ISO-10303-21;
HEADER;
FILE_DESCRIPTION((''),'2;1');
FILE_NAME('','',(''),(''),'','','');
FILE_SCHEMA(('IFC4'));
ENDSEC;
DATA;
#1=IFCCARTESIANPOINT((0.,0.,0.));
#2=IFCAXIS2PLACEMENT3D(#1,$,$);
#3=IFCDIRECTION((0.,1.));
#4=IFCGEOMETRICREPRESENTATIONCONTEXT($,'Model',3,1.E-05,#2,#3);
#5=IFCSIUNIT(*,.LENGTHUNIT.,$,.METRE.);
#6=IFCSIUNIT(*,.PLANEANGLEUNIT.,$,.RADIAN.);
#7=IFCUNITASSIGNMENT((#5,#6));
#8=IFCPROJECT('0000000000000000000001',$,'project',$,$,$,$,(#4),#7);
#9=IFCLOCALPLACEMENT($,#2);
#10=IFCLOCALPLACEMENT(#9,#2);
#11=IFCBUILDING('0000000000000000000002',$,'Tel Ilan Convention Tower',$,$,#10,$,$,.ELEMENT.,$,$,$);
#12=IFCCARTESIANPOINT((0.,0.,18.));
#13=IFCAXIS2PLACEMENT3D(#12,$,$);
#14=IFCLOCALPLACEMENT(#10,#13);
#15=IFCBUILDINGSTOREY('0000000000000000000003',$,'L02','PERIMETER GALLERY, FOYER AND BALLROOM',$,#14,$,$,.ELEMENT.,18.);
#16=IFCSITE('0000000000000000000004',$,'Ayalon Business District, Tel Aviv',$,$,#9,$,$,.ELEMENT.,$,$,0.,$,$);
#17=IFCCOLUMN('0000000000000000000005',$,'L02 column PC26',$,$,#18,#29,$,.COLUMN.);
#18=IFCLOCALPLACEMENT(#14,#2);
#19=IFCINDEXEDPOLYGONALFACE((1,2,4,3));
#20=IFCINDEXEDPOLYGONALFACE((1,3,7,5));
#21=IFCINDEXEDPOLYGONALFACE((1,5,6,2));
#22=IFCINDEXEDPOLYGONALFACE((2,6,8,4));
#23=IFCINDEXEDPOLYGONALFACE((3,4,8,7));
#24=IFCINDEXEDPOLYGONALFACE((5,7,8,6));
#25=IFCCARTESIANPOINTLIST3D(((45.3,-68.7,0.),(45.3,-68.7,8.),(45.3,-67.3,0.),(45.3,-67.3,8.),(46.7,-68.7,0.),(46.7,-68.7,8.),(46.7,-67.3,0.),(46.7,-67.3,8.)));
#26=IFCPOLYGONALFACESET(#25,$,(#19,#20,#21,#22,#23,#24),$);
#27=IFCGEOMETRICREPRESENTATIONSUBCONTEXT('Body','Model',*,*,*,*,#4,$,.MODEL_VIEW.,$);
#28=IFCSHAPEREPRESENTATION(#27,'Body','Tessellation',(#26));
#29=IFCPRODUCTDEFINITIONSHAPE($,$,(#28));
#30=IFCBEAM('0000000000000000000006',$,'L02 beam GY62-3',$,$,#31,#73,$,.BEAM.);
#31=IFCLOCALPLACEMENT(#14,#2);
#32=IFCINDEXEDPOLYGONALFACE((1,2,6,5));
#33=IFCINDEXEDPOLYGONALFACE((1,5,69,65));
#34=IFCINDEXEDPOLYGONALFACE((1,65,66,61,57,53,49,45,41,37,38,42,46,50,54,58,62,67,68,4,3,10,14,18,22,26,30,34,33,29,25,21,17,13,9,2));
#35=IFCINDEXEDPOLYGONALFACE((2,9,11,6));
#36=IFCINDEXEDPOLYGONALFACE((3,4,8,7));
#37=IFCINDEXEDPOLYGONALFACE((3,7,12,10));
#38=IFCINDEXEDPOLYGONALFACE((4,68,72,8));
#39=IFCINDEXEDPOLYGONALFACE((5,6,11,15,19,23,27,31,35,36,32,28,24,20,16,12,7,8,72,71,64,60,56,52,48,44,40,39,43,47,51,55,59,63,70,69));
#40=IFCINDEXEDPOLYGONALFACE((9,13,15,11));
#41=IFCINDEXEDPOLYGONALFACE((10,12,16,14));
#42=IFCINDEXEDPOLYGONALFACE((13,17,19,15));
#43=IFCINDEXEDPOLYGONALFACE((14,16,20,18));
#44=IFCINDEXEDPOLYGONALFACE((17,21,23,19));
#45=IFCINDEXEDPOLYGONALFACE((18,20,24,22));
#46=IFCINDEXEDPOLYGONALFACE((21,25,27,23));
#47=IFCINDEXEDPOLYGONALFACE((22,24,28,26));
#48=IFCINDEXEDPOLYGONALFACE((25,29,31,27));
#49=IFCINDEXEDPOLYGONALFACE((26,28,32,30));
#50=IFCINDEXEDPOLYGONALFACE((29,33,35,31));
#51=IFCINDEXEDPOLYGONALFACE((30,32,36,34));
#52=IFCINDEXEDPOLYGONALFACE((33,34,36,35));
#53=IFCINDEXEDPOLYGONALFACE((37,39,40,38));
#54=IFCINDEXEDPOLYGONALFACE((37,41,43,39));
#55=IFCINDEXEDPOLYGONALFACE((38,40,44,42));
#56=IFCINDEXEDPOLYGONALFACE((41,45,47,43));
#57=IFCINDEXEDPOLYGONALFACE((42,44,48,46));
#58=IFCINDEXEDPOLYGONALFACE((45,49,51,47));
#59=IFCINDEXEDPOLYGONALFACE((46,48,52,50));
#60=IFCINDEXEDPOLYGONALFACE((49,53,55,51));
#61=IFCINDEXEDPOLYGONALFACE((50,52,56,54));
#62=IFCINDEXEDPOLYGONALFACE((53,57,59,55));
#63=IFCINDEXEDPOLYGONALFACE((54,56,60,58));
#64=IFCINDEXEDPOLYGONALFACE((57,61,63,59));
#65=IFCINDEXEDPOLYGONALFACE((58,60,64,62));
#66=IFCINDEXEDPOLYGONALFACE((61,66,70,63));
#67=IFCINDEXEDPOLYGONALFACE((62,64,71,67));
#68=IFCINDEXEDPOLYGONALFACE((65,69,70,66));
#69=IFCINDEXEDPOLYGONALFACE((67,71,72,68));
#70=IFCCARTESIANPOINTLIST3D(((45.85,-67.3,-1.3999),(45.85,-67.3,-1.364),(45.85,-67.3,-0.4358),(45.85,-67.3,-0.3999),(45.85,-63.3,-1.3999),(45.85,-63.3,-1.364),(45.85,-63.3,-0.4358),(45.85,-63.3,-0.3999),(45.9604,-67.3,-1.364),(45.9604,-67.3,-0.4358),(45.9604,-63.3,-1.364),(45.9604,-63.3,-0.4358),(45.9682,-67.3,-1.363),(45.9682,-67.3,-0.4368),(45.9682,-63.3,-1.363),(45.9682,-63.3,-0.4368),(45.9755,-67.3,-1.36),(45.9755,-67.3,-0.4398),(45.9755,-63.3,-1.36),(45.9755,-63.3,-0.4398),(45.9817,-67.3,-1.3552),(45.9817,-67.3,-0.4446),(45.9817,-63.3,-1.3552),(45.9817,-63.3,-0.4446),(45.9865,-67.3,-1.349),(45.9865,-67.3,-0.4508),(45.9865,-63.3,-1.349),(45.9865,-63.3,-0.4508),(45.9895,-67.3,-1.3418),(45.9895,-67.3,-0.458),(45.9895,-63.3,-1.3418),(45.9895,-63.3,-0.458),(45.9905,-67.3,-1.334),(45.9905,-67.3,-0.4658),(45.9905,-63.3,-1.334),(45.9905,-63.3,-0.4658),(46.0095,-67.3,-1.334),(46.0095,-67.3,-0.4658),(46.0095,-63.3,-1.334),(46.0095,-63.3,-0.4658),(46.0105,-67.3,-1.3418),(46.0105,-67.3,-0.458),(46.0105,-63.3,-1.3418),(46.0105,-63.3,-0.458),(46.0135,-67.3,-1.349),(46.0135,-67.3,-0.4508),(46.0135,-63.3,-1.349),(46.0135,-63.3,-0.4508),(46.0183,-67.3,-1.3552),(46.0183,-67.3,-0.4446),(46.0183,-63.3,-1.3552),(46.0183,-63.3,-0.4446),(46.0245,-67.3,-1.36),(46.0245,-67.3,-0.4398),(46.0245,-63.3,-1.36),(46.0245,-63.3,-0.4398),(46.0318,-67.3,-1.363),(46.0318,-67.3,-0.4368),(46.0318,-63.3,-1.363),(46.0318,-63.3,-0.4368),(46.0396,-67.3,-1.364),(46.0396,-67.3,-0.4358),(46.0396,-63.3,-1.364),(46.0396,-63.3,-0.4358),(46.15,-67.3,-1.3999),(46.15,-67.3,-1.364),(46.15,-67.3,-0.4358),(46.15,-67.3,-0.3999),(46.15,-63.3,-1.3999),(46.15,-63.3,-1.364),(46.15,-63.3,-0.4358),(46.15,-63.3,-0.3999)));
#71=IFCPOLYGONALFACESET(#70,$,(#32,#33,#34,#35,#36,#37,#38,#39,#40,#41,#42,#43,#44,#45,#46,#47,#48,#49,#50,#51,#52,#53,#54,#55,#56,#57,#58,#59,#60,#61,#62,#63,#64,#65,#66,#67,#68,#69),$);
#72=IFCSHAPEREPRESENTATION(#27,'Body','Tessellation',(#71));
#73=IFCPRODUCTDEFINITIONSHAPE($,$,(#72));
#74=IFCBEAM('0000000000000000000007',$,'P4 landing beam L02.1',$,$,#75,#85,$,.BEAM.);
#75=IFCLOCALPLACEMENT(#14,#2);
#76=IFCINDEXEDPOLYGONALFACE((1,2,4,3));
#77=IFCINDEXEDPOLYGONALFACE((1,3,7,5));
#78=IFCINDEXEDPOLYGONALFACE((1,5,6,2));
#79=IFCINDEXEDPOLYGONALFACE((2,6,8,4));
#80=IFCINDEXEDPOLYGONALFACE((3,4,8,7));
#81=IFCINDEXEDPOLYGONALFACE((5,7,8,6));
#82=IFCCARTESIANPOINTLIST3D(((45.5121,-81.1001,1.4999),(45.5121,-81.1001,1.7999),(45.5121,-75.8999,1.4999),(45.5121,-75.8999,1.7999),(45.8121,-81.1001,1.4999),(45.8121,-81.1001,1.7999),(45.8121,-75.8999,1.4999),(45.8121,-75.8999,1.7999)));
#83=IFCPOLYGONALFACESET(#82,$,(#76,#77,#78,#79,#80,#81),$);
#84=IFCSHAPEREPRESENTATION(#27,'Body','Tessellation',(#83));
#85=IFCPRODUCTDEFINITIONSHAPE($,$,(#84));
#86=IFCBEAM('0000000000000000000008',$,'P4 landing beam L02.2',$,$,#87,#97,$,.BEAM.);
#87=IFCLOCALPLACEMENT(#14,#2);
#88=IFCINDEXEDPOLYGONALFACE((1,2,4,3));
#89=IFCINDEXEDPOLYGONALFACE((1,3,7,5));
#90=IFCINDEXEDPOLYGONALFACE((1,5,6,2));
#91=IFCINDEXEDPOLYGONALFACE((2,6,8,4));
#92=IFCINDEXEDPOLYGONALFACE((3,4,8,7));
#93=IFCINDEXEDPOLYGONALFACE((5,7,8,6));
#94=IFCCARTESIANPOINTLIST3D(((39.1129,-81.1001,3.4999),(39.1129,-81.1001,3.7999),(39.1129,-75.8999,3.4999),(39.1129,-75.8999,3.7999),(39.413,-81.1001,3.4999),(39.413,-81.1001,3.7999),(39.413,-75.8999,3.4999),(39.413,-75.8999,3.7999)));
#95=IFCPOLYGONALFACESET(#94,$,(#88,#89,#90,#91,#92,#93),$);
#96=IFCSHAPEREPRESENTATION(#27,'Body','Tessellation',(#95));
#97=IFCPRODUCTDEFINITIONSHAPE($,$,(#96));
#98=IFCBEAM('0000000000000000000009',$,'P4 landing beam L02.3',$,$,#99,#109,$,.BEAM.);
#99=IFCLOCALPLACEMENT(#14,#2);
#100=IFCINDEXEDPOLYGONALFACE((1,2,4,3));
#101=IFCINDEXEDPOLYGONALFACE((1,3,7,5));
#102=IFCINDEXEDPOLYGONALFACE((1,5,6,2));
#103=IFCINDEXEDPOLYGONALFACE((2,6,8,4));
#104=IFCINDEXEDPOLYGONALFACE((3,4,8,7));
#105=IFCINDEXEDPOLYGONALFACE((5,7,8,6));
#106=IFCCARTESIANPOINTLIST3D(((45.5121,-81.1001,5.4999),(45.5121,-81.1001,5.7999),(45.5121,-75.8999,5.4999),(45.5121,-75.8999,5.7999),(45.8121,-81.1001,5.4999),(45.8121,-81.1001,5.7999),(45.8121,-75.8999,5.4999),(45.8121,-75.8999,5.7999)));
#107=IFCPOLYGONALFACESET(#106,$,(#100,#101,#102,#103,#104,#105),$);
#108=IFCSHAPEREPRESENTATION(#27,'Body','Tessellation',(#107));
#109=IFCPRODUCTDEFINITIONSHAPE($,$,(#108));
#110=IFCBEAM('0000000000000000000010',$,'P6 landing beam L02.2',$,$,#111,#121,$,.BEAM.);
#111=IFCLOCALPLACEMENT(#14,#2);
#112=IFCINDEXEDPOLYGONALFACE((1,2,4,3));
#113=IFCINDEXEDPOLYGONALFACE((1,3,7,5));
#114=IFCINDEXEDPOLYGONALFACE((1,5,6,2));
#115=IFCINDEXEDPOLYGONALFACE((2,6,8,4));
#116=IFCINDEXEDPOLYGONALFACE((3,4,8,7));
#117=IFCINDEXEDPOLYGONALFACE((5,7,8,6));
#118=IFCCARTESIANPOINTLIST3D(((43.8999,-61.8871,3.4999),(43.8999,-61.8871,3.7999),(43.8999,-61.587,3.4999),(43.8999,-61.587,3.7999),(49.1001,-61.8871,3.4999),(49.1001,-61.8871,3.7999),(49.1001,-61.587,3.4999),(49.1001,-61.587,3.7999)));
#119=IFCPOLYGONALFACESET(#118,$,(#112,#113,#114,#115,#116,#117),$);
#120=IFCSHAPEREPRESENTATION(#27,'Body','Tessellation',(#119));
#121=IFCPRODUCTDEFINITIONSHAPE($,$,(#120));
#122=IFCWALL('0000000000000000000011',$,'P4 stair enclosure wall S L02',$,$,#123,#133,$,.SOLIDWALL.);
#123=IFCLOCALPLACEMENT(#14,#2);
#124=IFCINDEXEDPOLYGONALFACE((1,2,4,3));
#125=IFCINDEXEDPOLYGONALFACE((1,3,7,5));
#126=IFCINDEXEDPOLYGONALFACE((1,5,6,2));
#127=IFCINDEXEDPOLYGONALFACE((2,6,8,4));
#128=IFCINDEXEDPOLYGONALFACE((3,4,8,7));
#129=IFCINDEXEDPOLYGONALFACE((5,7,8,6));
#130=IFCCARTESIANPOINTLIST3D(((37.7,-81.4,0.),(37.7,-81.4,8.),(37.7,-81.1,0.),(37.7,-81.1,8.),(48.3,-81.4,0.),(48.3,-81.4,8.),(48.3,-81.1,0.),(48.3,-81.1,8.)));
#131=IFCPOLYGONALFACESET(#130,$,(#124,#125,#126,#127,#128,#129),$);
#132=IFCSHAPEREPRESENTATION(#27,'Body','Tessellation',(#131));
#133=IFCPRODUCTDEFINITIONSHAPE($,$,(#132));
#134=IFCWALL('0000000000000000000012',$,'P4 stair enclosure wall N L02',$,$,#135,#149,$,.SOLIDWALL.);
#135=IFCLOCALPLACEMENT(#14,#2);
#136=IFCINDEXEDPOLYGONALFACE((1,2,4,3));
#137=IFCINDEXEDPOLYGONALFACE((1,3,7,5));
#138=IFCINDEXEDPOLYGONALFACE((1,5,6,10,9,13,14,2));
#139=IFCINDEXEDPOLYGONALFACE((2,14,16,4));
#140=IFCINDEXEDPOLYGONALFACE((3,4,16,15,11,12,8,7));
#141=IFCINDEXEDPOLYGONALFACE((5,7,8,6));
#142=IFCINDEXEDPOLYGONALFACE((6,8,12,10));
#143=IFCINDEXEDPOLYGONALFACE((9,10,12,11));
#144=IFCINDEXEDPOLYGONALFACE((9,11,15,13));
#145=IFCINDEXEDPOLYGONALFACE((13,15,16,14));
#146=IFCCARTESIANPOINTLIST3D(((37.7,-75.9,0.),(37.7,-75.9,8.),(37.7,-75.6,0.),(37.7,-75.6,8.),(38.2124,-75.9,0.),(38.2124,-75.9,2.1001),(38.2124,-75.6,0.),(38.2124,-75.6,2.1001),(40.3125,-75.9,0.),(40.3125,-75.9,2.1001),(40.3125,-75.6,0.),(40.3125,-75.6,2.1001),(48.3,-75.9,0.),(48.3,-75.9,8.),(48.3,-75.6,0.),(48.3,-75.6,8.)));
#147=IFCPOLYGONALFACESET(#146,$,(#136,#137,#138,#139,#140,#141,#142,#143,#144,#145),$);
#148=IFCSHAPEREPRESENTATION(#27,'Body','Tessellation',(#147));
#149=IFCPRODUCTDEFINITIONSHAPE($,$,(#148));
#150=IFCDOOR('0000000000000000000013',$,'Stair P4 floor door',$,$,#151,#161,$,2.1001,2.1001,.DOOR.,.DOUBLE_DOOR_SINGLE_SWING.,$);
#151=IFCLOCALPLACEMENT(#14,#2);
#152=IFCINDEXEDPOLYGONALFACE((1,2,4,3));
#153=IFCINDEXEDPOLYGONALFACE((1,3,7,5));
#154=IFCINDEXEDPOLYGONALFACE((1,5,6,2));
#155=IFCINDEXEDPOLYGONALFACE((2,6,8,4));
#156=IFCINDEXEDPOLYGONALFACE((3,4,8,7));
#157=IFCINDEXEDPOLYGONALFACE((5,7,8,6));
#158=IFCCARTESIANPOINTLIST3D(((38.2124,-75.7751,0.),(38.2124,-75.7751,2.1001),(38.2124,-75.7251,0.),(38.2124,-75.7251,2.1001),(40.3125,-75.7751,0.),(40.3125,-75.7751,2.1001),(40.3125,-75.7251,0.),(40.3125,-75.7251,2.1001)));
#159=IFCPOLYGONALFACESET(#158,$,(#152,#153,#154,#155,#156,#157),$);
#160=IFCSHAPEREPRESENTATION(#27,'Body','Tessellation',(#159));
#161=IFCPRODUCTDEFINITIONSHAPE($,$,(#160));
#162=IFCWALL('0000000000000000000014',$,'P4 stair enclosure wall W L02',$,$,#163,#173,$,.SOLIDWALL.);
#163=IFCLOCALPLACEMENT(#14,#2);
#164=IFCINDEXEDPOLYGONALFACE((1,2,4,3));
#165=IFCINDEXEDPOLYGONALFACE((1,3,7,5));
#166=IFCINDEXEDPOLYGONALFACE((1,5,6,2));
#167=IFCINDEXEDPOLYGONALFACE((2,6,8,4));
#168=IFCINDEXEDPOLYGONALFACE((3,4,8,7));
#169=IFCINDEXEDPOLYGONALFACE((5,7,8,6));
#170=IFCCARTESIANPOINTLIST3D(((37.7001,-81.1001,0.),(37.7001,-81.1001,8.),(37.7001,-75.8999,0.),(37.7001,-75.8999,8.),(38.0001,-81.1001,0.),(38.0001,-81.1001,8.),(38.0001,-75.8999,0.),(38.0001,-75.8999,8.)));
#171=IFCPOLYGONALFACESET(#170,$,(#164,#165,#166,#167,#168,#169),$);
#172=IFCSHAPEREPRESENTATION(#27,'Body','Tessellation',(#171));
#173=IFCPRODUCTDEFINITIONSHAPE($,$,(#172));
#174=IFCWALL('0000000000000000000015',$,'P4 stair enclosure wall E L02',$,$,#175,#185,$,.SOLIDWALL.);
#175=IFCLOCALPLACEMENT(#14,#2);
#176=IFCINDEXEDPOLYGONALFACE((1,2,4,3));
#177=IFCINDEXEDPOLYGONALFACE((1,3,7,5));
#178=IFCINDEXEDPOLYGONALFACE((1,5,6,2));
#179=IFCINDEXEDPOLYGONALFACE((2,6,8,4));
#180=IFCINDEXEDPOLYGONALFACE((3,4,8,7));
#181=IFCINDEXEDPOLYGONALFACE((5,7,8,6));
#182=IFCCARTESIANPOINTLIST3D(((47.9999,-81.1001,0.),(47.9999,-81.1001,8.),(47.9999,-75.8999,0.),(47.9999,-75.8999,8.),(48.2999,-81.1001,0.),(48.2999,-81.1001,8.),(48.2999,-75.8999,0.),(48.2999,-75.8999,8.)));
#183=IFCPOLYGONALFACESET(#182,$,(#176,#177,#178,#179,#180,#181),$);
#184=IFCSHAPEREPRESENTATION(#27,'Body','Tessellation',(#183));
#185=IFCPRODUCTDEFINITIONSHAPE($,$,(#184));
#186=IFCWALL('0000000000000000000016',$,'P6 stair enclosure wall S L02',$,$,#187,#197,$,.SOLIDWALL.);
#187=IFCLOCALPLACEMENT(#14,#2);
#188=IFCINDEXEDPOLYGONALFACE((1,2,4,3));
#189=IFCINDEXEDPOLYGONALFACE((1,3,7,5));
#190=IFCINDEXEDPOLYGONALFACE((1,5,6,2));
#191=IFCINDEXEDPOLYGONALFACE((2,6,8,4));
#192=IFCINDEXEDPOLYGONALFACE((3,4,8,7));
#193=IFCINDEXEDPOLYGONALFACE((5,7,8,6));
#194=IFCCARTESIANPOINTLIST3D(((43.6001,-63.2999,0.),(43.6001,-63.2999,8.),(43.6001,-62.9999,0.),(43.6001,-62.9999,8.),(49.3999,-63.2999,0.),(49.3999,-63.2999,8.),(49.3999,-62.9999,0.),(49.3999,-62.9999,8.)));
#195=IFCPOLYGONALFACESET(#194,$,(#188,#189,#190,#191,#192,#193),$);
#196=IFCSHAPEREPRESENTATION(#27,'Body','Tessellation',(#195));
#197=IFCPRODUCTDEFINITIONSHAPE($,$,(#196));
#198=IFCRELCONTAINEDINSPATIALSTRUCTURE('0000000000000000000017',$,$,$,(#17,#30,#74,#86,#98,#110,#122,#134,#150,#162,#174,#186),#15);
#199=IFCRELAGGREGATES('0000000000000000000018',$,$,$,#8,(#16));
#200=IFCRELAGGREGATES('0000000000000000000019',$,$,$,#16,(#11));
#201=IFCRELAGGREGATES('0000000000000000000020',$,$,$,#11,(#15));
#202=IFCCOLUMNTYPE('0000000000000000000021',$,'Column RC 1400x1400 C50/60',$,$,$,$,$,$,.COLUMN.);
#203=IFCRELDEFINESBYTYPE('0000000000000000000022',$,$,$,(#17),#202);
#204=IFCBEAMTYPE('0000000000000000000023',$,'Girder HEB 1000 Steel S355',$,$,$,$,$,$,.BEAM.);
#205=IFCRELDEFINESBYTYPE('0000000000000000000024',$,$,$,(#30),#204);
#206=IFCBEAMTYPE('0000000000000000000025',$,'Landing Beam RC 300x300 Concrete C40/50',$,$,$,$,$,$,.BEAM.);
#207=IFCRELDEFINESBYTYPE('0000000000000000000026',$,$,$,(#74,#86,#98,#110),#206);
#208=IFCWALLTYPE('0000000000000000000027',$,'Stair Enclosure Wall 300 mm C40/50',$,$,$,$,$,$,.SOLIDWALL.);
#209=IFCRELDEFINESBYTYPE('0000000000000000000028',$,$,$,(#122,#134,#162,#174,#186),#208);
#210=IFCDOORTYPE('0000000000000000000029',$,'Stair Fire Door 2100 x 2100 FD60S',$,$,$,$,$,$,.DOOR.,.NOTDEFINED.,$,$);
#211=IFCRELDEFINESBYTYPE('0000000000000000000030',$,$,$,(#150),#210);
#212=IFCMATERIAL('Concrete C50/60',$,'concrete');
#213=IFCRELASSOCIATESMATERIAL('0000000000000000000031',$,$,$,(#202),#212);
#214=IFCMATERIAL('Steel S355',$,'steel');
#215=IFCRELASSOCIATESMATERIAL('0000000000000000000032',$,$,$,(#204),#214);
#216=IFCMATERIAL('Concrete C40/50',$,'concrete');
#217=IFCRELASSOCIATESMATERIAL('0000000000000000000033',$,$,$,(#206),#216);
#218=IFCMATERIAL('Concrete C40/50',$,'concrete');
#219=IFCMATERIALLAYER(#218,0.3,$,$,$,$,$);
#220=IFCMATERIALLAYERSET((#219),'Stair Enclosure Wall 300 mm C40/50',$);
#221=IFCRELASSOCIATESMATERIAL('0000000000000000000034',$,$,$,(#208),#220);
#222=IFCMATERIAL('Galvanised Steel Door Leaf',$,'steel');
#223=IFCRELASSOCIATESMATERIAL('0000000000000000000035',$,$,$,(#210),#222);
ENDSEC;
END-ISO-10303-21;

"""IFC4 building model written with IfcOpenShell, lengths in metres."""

from ifc_helpers import new_model, si_unit, direction, frame, frame_2d, origin, origin_2d, place, context, subcontext, project, spatial, rectangle, i_section, extrude, material, layer, layer_set, material_profile, profile_set, type_object, element, fill, save


model = new_model("IFC4")

# Units and contexts
model_context = context("Model", 3, precision=1e-05, world=origin(), true_north=direction((0.0, 1.0)))
body_context = subcontext(model_context, "Body", "Model", "MODEL_VIEW")
ifc_project = project(units=[si_unit("LENGTHUNIT", "METRE"), si_unit("PLANEANGLEUNIT", "RADIAN")], contexts=[model_context])

# Site, building, storey
site_placement = place(None, origin())
site = spatial("IfcSite", under=ifc_project, at=site_placement, Name="Ayalon Business District, Tel Aviv", CompositionType="ELEMENT", RefElevation=0.0)
building_placement = place(site_placement, origin())
building = spatial("IfcBuilding", under=site, at=building_placement, Name="Tel Ilan Convention Tower", CompositionType="ELEMENT")
storey_placement = place(building_placement, frame((0.0, 0.0, 18.0)))
storey = spatial("IfcBuildingStorey", under=building, at=storey_placement, Name="L02", Description="PERIMETER GALLERY, FOYER AND BALLROOM", CompositionType="ELEMENT", Elevation=18.0)

# Column
ifc_material_1 = material(Name="Concrete C50/60", Category="concrete")
ifc_material_profile_1 = material_profile(ifc_material_1, rectangle(XDim=1.3999, YDim=1.3999, at=origin_2d()), Name="RC 1400x1400")
ifc_profile_set_1 = profile_set([ifc_material_profile_1], Name="Concrete C50/60")
column_type = type_object("IfcColumnType", Name="Column RC 1400x1400 C50/60", PredefinedType="COLUMN", material=ifc_profile_set_1)
column_placement = place(storey_placement, frame((46.0, -68.0, 0.0), z_axis=(0.0, 0.0, 1.0), x_axis=(1.0, 0.0, 0.0)))
element("IfcColumn", 1, at=column_placement, inside=storey, type_object=column_type, Name="L02 column PC26", PredefinedType="COLUMN", context=body_context, shape_type="SweptSolid", body=[
    extrude(rectangle(XDim=1.3999, YDim=1.3999, at=origin_2d()), origin(), (0.0, 0.0, 1.0), 8.0),
])

# Beams
ifc_material_2 = material(Name="Steel S355", Category="steel")
ifc_material_profile_2 = material_profile(ifc_material_2, i_section(OverallWidth=0.3, OverallDepth=1.0, WebThickness=0.019, FlangeThickness=0.0359, FilletRadius=0.03, at=origin_2d()), Name="HEB 1000")
ifc_profile_set_2 = profile_set([ifc_material_profile_2], Name="Steel S355")
beam_type_1 = type_object("IfcBeamType", Name="Girder HEB 1000 Steel S355", PredefinedType="BEAM", material=ifc_profile_set_2)
beam_placement = place(storey_placement, frame((46.0, -67.3, -0.8999), z_axis=(0.0, 1.0, 0.0), x_axis=(-1.0, 0.0, 0.0)))
element("IfcBeam", 2, at=beam_placement, inside=storey, type_object=beam_type_1, Name="L02 beam GY62-3", PredefinedType="BEAM", context=body_context, shape_type="SweptSolid", body=[
    extrude(i_section(OverallWidth=0.3, OverallDepth=1.0, WebThickness=0.019, FlangeThickness=0.0359, FilletRadius=0.03, at=origin_2d()), origin(), (0.0, 0.0, 1.0), 4.0),
])
ifc_material_3 = material(Name="Concrete C40/50", Category="concrete")
ifc_material_profile_3 = material_profile(ifc_material_3, rectangle(XDim=0.3, YDim=0.3, at=origin_2d()), Name="RC 300x300")
ifc_profile_set_3 = profile_set([ifc_material_profile_3], Name="Concrete C40/50")
beam_type_2 = type_object("IfcBeamType", Name="Landing Beam RC 300x300 Concrete C40/50", PredefinedType="BEAM", material=ifc_profile_set_3)
for number, where, z_axis, x_axis, name in (
    (3, (45.6621, -81.1001, 1.6499), (0.0, 1.0, 0.0), (-1.0, 0.0, 0.0), "P4 landing beam L02.1"),
    (4, (39.2629, -81.1001, 3.6499), (0.0, 1.0, 0.0), (-1.0, 0.0, 0.0), "P4 landing beam L02.2"),
    (5, (45.6621, -81.1001, 5.6499), (0.0, 1.0, 0.0), (-1.0, 0.0, 0.0), "P4 landing beam L02.3"),
    (6, (49.1001, -61.7371, 3.6499), (-1.0, 0.0, 0.0), (0.0, -1.0, 0.0), "P6 landing beam L02.2"),
):
    element("IfcBeam", number, at=place(storey_placement, frame(where, z_axis=z_axis, x_axis=x_axis)), inside=storey, type_object=beam_type_2, Name=name, PredefinedType="BEAM", context=body_context, shape_type="SweptSolid", body=[
        extrude(rectangle(XDim=0.3, YDim=0.3, at=origin_2d()), origin(), (0.0, 0.0, 1.0), 5.2002),
    ])

# Wall
ifc_material_4 = material(Name="Concrete C40/50", Category="concrete")
ifc_layer = layer(ifc_material_4, 0.3)
ifc_layer_set = layer_set([ifc_layer], Name="Stair Enclosure Wall 300 mm C40/50")
wall_type = type_object("IfcWallType", Name="Stair Enclosure Wall 300 mm C40/50", PredefinedType="SOLIDWALL", material=ifc_layer_set)
wall_1_placement = place(storey_placement, frame((37.7, -81.25, 0.0), z_axis=(0.0, 0.0, 1.0), x_axis=(1.0, 0.0, 0.0)))
element("IfcWall", 7, at=wall_1_placement, inside=storey, type_object=wall_type, Name="P4 stair enclosure wall S L02", PredefinedType="SOLIDWALL", context=body_context, shape_type="SweptSolid", body=[
    extrude(rectangle(XDim=10.6001, YDim=0.3, at=frame_2d((5.3, 0.0))), origin(), (0.0, 0.0, 1.0), 8.0),
])

# Wall, opening, door
wall_2_placement = place(storey_placement, frame((37.7, -75.75, 0.0), z_axis=(0.0, 0.0, 1.0), x_axis=(1.0, 0.0, 0.0)))
wall_2 = element("IfcWall", 8, at=wall_2_placement, inside=storey, type_object=wall_type, Name="P4 stair enclosure wall N L02", PredefinedType="SOLIDWALL", context=body_context, shape_type="SweptSolid", body=[
    extrude(rectangle(XDim=10.6001, YDim=0.3, at=frame_2d((5.3, 0.0))), origin(), (0.0, 0.0, 1.0), 8.0),
])
opening_1_placement = place(wall_2_placement, frame((0.5125, 0.0, 0.0)))
opening_1 = element("IfcOpeningElement", 9, at=opening_1_placement, cuts=wall_2, PredefinedType="OPENING", context=body_context, shape_type="SweptSolid", body=[
    extrude(rectangle(XDim=2.1001, YDim=2.1001, at=frame_2d((1.05, 1.05))), frame((0.0, 0.1599, 0.0), z_axis=(0.0, -1.0, 0.0), x_axis=(1.0, 0.0, 0.0)), (0.0, 0.0, 1.0), 0.3201),
])
ifc_material_5 = material(Name="Galvanised Steel Door Leaf", Category="steel")
door_type = type_object("IfcDoorType", Name="Stair Fire Door 2100 x 2100 FD60S", OperationType="NOTDEFINED", PredefinedType="DOOR", material=ifc_material_5)
door_1_placement = place(opening_1_placement, origin())
door_1 = element("IfcDoor", 10, at=door_1_placement, inside=storey, type_object=door_type, Name="Stair P4 floor door", OperationType="DOUBLE_DOOR_SINGLE_SWING", OverallHeight=2.1001, OverallWidth=2.1001, PredefinedType="DOOR", context=body_context, shape_type="SweptSolid", body=[
    extrude(rectangle(XDim=2.1001, YDim=2.1001, at=frame_2d((1.05, 1.05))), frame((0.0, 0.0249, 0.0), z_axis=(0.0, -1.0, 0.0), x_axis=(1.0, 0.0, 0.0)), (0.0, 0.0, 1.0), 0.05),
])
fill(opening_1, door_1)

# Walls
for number, where, z_axis, x_axis, name in (
    (11, (37.8501, -81.1001, 0.0), (0.0, 0.0, 1.0), (0.0, 1.0, 0.0), "P4 stair enclosure wall W L02"),
    (12, (48.1499, -81.1001, 0.0), (0.0, 0.0, 1.0), (0.0, 1.0, 0.0), "P4 stair enclosure wall E L02"),
):
    element("IfcWall", number, at=place(storey_placement, frame(where, z_axis=z_axis, x_axis=x_axis)), inside=storey, type_object=wall_type, Name=name, PredefinedType="SOLIDWALL", context=body_context, shape_type="SweptSolid", body=[
        extrude(rectangle(XDim=5.2002, YDim=0.3, at=frame_2d((2.6001, 0.0))), origin(), (0.0, 0.0, 1.0), 8.0),
    ])
wall_3_placement = place(storey_placement, frame((43.6001, -63.1499, 0.0), z_axis=(0.0, 0.0, 1.0), x_axis=(1.0, 0.0, 0.0)))
element("IfcWall", 13, at=wall_3_placement, inside=storey, type_object=wall_type, Name="P6 stair enclosure wall S L02", PredefinedType="SOLIDWALL", context=body_context, shape_type="SweptSolid", body=[
    extrude(rectangle(XDim=5.7998, YDim=0.3, at=frame_2d((2.8999, 0.0))), origin(), (0.0, 0.0, 1.0), 8.0),
])

save(model, "model.ifc")
